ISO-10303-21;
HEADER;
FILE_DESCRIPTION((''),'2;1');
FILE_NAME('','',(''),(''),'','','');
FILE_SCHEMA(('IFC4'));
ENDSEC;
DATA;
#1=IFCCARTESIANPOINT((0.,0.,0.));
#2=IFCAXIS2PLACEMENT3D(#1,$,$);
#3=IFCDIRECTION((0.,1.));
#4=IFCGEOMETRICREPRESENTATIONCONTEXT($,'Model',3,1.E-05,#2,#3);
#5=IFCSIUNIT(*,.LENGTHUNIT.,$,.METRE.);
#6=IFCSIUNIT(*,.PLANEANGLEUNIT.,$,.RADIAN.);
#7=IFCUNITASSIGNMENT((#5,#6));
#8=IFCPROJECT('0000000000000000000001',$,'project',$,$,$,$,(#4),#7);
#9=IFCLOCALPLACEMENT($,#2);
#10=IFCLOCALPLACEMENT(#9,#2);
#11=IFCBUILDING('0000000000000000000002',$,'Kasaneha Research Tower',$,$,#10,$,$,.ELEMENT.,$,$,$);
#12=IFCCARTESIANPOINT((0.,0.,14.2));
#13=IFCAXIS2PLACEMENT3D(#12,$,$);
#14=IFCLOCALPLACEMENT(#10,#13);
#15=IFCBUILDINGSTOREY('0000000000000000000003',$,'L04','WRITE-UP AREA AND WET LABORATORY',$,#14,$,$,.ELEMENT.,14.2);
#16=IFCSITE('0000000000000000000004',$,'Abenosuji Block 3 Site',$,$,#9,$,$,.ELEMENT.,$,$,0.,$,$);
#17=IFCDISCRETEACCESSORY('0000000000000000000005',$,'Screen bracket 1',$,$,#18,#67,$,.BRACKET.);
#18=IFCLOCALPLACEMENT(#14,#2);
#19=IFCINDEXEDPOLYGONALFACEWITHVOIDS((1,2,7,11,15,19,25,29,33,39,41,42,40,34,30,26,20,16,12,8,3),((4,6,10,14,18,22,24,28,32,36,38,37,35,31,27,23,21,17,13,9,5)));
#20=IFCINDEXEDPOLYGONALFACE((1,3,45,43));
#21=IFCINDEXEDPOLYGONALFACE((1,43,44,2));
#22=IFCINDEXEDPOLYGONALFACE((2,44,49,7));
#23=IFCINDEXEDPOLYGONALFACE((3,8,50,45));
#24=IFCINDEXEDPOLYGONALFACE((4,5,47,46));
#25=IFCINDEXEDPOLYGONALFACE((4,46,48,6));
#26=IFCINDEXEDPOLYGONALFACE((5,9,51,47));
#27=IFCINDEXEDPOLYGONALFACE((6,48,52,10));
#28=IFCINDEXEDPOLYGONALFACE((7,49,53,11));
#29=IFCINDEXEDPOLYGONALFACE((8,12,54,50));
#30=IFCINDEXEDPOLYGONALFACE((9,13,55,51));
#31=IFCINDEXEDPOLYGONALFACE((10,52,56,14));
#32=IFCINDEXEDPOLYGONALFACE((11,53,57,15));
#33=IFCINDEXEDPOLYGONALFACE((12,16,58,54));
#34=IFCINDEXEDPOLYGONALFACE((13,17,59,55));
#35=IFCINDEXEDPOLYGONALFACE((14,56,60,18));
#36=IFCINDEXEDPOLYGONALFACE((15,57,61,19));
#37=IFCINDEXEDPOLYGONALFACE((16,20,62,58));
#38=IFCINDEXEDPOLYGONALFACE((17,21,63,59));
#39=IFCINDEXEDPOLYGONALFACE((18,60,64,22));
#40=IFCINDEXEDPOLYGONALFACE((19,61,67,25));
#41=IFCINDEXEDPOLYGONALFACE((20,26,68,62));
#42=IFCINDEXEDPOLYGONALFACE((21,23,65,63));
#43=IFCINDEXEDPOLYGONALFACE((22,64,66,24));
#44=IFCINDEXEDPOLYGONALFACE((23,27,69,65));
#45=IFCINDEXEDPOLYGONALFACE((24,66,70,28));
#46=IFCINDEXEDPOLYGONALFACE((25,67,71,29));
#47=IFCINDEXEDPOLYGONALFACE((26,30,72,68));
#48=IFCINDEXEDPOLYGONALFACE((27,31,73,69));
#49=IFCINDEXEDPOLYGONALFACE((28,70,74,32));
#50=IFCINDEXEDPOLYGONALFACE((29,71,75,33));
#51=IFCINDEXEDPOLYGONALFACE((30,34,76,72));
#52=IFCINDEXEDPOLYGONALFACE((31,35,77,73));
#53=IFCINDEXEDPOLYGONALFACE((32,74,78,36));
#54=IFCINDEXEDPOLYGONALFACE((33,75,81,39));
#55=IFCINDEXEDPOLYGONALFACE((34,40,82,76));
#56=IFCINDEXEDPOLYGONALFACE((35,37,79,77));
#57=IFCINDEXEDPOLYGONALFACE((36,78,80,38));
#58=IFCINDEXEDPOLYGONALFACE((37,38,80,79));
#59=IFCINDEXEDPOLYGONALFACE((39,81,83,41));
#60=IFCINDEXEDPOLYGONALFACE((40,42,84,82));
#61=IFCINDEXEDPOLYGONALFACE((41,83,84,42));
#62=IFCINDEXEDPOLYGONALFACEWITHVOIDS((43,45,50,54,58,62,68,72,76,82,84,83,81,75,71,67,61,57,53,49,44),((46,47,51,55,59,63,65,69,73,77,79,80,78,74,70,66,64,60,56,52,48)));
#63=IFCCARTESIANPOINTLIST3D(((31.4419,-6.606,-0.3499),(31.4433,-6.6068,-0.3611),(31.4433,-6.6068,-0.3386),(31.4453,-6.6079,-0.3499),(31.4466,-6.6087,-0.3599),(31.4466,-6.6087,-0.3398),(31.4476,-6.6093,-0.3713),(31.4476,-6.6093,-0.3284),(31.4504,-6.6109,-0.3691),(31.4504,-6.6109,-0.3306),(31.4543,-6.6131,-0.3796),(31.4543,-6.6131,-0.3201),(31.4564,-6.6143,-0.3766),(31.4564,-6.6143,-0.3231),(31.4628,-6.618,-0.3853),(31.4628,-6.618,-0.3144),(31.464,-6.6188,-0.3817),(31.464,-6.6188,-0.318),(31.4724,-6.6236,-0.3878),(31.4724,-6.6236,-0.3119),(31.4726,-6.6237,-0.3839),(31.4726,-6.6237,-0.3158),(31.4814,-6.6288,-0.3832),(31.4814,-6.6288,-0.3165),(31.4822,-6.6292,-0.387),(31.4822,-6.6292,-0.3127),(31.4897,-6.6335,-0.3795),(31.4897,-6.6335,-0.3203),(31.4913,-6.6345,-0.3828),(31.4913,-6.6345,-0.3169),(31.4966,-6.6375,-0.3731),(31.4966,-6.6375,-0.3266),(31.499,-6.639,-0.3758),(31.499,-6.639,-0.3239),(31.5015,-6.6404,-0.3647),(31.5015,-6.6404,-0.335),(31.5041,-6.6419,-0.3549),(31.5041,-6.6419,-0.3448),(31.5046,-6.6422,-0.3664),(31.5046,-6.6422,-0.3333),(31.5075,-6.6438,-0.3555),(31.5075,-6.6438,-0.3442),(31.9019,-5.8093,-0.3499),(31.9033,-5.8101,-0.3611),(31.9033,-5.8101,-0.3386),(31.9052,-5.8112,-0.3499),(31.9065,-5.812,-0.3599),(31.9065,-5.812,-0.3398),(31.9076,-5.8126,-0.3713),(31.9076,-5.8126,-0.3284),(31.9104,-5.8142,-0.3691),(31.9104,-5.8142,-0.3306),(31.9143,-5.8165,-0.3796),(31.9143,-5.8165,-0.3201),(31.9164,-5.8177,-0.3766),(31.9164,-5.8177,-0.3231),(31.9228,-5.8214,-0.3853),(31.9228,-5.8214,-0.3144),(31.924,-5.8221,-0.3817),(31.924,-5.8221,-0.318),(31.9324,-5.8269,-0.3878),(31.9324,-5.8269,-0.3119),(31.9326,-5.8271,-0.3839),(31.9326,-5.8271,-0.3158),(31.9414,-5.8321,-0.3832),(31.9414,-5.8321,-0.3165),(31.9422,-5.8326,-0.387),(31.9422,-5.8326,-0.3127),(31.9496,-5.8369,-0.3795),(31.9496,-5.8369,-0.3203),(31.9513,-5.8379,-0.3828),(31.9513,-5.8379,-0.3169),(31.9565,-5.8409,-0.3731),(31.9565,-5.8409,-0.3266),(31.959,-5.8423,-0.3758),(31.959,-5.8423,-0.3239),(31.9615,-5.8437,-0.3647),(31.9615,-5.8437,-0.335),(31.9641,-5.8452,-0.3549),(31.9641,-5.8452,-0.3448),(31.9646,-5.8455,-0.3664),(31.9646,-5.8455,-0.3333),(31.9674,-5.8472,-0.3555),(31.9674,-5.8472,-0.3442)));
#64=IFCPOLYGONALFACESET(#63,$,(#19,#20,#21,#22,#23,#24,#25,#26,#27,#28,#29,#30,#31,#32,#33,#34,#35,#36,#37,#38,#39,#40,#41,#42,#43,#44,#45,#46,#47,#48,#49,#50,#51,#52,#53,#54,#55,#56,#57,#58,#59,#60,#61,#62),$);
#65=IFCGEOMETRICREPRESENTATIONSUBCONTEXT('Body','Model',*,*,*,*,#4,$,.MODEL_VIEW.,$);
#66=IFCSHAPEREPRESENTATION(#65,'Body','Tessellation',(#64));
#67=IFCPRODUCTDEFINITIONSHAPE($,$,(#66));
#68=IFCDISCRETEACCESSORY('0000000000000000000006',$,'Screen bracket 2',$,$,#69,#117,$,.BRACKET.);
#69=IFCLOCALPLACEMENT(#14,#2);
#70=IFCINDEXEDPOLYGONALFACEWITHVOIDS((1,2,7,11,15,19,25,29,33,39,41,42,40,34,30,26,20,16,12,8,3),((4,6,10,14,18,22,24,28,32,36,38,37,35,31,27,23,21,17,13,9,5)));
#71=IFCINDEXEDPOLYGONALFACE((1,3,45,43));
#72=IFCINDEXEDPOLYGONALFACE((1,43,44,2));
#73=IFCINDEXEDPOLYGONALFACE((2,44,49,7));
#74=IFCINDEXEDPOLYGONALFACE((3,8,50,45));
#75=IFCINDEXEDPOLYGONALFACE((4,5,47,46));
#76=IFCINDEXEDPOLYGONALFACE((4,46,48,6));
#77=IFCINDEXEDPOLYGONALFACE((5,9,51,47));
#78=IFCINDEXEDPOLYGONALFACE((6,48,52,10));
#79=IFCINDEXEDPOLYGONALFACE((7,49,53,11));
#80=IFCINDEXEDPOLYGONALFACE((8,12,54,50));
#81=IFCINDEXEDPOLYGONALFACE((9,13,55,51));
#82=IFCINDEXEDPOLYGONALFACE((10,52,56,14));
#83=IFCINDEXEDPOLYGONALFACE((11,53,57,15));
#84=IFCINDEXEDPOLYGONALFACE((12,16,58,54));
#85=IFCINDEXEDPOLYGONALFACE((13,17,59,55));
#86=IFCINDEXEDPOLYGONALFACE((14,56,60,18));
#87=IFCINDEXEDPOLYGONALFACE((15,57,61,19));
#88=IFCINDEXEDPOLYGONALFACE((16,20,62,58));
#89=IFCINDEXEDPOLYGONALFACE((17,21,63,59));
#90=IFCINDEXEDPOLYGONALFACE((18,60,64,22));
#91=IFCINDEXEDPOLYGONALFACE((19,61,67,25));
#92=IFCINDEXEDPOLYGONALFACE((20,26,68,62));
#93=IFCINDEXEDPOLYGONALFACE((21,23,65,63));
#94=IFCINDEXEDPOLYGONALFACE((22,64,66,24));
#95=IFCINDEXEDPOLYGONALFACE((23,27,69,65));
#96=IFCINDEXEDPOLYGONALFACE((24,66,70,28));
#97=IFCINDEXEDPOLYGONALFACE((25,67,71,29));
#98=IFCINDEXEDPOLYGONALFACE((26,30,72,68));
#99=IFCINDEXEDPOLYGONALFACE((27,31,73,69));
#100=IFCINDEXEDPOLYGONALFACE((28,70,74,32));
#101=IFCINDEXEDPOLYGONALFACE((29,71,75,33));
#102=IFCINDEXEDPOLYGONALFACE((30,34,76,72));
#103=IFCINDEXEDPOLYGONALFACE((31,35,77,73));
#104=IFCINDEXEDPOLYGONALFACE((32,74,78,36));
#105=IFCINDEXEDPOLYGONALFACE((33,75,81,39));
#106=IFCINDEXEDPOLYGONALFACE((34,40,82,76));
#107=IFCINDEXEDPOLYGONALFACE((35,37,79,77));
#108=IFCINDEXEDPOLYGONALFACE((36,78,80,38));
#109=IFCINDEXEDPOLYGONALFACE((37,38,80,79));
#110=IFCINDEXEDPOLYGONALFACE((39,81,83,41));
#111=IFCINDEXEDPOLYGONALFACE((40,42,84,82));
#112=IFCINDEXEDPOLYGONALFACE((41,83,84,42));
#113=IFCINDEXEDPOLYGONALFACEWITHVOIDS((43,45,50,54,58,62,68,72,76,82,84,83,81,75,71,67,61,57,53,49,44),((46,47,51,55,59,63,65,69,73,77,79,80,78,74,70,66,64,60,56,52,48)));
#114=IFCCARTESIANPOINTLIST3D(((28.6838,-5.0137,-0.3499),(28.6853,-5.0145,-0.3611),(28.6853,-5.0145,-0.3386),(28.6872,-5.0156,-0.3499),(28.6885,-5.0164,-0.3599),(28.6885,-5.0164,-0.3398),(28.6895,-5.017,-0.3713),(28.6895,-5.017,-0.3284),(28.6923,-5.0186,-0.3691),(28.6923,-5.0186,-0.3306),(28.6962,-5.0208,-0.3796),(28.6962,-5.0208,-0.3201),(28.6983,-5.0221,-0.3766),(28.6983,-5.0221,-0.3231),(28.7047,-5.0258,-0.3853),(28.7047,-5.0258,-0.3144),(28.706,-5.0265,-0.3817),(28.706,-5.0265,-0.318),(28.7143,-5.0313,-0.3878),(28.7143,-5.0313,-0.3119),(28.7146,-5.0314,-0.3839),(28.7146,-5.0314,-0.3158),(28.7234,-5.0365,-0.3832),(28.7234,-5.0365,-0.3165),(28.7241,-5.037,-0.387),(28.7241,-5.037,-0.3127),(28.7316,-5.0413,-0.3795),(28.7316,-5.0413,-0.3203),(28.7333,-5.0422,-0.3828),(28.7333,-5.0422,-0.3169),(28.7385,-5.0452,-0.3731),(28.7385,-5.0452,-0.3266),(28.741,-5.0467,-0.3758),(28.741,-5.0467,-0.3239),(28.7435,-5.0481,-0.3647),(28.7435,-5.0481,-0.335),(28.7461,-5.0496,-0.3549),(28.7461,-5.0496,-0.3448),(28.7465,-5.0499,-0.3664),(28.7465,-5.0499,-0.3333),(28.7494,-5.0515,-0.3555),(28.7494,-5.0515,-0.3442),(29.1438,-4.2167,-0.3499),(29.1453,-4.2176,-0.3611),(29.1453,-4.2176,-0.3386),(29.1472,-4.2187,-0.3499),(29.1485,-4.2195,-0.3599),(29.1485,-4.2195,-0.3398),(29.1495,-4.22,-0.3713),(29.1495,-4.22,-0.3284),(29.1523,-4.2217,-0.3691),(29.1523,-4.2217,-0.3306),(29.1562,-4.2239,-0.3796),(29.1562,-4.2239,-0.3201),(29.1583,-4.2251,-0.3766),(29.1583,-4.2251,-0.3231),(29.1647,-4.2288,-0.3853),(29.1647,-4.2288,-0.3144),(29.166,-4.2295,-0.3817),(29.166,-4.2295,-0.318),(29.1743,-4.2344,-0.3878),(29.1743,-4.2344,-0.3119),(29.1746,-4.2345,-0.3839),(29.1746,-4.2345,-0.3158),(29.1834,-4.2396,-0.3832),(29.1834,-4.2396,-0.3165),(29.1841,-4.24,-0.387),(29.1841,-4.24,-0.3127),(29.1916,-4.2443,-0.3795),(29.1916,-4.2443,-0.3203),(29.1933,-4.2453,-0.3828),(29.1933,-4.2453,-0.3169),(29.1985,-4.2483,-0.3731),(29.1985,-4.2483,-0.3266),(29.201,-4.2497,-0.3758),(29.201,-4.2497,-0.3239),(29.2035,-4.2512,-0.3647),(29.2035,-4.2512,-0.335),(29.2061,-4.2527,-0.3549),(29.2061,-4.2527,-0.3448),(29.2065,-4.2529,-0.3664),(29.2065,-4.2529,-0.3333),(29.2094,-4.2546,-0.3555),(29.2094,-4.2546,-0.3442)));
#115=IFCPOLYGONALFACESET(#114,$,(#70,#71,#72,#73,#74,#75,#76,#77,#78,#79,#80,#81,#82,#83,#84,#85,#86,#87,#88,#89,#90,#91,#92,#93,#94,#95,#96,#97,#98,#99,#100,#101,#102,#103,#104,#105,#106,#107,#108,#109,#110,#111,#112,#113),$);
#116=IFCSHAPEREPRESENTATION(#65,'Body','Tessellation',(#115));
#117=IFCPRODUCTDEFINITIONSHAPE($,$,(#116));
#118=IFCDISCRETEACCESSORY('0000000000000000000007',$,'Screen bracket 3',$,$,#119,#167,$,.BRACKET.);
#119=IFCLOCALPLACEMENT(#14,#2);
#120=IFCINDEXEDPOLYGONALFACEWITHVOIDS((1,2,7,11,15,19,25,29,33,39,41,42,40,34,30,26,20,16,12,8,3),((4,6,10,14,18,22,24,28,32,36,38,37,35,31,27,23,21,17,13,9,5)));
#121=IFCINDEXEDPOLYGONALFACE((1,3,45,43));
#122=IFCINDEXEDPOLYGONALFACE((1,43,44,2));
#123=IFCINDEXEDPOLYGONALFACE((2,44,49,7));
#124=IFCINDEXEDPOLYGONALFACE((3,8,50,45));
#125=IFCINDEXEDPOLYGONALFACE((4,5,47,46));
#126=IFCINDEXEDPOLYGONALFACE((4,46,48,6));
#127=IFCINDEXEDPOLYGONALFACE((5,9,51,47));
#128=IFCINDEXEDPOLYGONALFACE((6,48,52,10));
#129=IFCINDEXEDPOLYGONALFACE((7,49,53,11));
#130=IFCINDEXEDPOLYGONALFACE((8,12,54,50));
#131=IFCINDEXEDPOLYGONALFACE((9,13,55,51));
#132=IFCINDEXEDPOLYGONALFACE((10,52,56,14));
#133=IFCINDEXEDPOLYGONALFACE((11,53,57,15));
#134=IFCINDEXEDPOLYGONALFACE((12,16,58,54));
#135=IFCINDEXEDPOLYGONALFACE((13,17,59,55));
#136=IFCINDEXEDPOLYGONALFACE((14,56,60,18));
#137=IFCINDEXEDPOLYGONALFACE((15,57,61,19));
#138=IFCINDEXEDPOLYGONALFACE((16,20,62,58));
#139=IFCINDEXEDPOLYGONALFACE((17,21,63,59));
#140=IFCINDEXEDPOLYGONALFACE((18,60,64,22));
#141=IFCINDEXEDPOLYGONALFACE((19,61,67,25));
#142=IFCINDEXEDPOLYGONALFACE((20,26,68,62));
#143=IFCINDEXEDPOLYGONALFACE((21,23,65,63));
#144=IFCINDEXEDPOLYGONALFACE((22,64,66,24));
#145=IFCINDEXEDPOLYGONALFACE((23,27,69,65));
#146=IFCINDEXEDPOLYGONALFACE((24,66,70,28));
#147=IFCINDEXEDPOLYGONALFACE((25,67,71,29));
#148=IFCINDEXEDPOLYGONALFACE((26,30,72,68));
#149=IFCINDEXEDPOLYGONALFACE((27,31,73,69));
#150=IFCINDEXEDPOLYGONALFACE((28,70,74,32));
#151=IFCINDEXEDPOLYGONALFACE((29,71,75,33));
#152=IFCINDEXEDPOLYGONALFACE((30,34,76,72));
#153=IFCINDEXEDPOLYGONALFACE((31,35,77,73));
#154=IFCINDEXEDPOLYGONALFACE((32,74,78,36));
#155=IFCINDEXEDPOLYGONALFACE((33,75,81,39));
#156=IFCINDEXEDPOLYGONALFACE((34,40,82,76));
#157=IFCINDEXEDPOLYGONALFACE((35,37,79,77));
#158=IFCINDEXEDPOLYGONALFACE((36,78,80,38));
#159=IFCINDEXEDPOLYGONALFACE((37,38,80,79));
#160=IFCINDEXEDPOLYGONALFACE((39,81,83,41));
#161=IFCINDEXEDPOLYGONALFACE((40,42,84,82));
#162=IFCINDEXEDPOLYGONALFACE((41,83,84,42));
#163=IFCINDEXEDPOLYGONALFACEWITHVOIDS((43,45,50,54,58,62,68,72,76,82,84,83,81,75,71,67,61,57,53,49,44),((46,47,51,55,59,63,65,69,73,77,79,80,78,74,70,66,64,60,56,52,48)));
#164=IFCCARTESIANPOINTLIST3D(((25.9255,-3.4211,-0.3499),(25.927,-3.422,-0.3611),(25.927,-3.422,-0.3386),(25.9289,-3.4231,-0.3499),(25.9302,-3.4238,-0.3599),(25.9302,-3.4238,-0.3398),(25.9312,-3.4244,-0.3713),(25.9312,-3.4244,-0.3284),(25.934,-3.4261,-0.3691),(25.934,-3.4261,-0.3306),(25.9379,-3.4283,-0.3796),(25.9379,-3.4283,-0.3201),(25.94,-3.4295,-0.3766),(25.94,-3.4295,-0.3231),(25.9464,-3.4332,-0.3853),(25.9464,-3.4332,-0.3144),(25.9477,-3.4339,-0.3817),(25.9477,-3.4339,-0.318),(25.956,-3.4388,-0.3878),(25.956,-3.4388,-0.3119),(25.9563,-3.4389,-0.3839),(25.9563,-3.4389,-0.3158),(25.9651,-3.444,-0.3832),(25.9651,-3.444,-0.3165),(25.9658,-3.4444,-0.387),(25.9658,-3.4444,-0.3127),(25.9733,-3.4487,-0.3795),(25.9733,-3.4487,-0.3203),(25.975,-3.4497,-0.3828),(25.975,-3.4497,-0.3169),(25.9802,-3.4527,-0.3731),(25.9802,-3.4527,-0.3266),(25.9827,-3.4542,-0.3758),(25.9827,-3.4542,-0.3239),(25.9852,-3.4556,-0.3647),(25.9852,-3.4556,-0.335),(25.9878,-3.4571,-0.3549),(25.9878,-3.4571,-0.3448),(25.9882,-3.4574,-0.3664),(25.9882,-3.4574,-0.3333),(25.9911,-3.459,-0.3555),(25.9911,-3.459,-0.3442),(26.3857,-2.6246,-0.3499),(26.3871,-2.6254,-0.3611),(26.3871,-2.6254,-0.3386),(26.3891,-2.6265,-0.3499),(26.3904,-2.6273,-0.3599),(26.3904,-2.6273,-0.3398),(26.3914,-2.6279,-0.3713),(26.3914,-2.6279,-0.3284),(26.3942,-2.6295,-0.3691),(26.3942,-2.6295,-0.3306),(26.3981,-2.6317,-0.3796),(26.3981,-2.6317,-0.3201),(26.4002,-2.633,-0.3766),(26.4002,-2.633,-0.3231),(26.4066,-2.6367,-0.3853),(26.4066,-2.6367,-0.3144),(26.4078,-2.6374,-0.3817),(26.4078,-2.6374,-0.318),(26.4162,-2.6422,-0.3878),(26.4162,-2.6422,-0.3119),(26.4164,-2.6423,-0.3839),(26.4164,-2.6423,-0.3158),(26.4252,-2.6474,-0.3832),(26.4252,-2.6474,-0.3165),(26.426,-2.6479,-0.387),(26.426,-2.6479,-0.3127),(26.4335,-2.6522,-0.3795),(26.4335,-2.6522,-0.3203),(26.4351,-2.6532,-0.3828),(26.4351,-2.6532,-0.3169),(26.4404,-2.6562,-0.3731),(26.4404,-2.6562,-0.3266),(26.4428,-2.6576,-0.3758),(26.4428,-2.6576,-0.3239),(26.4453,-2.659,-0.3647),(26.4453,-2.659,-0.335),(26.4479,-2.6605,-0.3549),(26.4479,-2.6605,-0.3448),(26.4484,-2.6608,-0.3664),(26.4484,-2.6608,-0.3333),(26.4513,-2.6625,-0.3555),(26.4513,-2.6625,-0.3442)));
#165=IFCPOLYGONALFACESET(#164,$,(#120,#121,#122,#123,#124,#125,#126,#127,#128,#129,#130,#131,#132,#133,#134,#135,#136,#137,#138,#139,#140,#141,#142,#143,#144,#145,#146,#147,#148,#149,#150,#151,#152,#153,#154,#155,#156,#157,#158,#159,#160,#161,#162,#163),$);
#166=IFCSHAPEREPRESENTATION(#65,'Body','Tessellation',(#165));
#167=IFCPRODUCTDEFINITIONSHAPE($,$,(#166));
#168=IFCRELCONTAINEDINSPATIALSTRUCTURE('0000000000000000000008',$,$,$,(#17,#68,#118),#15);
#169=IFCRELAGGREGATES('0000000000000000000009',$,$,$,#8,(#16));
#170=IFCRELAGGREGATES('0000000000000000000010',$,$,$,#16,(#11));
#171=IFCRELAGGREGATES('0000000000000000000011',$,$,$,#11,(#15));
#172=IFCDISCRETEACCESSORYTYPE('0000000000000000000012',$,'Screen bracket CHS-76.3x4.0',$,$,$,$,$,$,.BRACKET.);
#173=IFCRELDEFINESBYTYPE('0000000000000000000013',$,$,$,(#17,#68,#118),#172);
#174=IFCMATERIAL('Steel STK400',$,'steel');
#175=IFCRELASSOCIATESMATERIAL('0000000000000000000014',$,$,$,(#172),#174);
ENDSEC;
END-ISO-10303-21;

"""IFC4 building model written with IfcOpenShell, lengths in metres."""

from ifc_helpers import new_model, si_unit, direction, frame, origin, origin_2d, place, context, subcontext, project, spatial, hollow_circle, extrude, material, material_profile, profile_set, type_object, element, save


model = new_model("IFC4")

# Units and contexts
model_context = context("Model", 3, precision=1e-05, world=origin(), true_north=direction((0.0, 1.0)))
body_context = subcontext(model_context, "Body", "Model", "MODEL_VIEW")
ifc_project = project(units=[si_unit("LENGTHUNIT", "METRE"), si_unit("PLANEANGLEUNIT", "RADIAN")], contexts=[model_context])

# Site, building, storey
site_placement = place(None, origin())
site = spatial("IfcSite", under=ifc_project, at=site_placement, Name="Abenosuji Block 3 Site", CompositionType="ELEMENT", RefElevation=0.0)
building_placement = place(site_placement, origin())
building = spatial("IfcBuilding", under=site, at=building_placement, Name="Kasaneha Research Tower", CompositionType="ELEMENT")
storey_placement = place(building_placement, frame((0.0, 0.0, 14.2)))
storey = spatial("IfcBuildingStorey", under=building, at=storey_placement, Name="L04", Description="WRITE-UP AREA AND WET LABORATORY", CompositionType="ELEMENT", Elevation=14.2)

# Discrete accessories
ifc_material_1 = material(Name="Steel STK400", Category="steel")
ifc_material_profile_1 = material_profile(ifc_material_1, hollow_circle(Radius=0.0381, WallThickness=0.0039, at=origin_2d()), Name="CHS-76.3x4.0")
ifc_profile_set_1 = profile_set([ifc_material_profile_1], Name="Steel STK400")
discrete_accessory_type = type_object("IfcDiscreteAccessoryType", Name="Screen bracket CHS-76.3x4.0", PredefinedType="BRACKET", material=ifc_profile_set_1)
discrete_accessory_1_placement = place(storey_placement, frame((31.4749, -6.625, -0.3499), z_axis=(0.500021, 0.866013, 0.0), x_axis=(-0.866013, 0.500021, 0.0)))
element("IfcDiscreteAccessory", 1, at=discrete_accessory_1_placement, inside=storey, type_object=discrete_accessory_type, Name="Screen bracket 1", PredefinedType="BRACKET", context=body_context, shape_type="SweptSolid", body=[
    extrude(hollow_circle(Radius=0.0381, WallThickness=0.0039, at=origin_2d()), origin(), (0.0, 0.0, 1.0), 0.9199),
])
discrete_accessory_2_placement = place(storey_placement, frame((28.7168, -5.0327, -0.3499), z_axis=(0.499906, 0.86608, 0.0), x_axis=(-0.86608, 0.499906, 0.0)))
element("IfcDiscreteAccessory", 2, at=discrete_accessory_2_placement, inside=storey, type_object=discrete_accessory_type, Name="Screen bracket 2", PredefinedType="BRACKET", context=body_context, shape_type="SweptSolid", body=[
    extrude(hollow_circle(Radius=0.0381, WallThickness=0.0039, at=origin_2d()), origin(), (0.0, 0.0, 1.0), 0.9202),
])
discrete_accessory_3_placement = place(storey_placement, frame((25.9585, -3.4402, -0.3499), z_axis=(0.50022, 0.865898, 0.0), x_axis=(-0.865898, 0.50022, 0.0)))
element("IfcDiscreteAccessory", 3, at=discrete_accessory_3_placement, inside=storey, type_object=discrete_accessory_type, Name="Screen bracket 3", PredefinedType="BRACKET", context=body_context, shape_type="SweptSolid", body=[
    extrude(hollow_circle(Radius=0.0381, WallThickness=0.0039, at=origin_2d()), origin(), (0.0, 0.0, 1.0), 0.9199),
])

save(model, "model.ifc")
